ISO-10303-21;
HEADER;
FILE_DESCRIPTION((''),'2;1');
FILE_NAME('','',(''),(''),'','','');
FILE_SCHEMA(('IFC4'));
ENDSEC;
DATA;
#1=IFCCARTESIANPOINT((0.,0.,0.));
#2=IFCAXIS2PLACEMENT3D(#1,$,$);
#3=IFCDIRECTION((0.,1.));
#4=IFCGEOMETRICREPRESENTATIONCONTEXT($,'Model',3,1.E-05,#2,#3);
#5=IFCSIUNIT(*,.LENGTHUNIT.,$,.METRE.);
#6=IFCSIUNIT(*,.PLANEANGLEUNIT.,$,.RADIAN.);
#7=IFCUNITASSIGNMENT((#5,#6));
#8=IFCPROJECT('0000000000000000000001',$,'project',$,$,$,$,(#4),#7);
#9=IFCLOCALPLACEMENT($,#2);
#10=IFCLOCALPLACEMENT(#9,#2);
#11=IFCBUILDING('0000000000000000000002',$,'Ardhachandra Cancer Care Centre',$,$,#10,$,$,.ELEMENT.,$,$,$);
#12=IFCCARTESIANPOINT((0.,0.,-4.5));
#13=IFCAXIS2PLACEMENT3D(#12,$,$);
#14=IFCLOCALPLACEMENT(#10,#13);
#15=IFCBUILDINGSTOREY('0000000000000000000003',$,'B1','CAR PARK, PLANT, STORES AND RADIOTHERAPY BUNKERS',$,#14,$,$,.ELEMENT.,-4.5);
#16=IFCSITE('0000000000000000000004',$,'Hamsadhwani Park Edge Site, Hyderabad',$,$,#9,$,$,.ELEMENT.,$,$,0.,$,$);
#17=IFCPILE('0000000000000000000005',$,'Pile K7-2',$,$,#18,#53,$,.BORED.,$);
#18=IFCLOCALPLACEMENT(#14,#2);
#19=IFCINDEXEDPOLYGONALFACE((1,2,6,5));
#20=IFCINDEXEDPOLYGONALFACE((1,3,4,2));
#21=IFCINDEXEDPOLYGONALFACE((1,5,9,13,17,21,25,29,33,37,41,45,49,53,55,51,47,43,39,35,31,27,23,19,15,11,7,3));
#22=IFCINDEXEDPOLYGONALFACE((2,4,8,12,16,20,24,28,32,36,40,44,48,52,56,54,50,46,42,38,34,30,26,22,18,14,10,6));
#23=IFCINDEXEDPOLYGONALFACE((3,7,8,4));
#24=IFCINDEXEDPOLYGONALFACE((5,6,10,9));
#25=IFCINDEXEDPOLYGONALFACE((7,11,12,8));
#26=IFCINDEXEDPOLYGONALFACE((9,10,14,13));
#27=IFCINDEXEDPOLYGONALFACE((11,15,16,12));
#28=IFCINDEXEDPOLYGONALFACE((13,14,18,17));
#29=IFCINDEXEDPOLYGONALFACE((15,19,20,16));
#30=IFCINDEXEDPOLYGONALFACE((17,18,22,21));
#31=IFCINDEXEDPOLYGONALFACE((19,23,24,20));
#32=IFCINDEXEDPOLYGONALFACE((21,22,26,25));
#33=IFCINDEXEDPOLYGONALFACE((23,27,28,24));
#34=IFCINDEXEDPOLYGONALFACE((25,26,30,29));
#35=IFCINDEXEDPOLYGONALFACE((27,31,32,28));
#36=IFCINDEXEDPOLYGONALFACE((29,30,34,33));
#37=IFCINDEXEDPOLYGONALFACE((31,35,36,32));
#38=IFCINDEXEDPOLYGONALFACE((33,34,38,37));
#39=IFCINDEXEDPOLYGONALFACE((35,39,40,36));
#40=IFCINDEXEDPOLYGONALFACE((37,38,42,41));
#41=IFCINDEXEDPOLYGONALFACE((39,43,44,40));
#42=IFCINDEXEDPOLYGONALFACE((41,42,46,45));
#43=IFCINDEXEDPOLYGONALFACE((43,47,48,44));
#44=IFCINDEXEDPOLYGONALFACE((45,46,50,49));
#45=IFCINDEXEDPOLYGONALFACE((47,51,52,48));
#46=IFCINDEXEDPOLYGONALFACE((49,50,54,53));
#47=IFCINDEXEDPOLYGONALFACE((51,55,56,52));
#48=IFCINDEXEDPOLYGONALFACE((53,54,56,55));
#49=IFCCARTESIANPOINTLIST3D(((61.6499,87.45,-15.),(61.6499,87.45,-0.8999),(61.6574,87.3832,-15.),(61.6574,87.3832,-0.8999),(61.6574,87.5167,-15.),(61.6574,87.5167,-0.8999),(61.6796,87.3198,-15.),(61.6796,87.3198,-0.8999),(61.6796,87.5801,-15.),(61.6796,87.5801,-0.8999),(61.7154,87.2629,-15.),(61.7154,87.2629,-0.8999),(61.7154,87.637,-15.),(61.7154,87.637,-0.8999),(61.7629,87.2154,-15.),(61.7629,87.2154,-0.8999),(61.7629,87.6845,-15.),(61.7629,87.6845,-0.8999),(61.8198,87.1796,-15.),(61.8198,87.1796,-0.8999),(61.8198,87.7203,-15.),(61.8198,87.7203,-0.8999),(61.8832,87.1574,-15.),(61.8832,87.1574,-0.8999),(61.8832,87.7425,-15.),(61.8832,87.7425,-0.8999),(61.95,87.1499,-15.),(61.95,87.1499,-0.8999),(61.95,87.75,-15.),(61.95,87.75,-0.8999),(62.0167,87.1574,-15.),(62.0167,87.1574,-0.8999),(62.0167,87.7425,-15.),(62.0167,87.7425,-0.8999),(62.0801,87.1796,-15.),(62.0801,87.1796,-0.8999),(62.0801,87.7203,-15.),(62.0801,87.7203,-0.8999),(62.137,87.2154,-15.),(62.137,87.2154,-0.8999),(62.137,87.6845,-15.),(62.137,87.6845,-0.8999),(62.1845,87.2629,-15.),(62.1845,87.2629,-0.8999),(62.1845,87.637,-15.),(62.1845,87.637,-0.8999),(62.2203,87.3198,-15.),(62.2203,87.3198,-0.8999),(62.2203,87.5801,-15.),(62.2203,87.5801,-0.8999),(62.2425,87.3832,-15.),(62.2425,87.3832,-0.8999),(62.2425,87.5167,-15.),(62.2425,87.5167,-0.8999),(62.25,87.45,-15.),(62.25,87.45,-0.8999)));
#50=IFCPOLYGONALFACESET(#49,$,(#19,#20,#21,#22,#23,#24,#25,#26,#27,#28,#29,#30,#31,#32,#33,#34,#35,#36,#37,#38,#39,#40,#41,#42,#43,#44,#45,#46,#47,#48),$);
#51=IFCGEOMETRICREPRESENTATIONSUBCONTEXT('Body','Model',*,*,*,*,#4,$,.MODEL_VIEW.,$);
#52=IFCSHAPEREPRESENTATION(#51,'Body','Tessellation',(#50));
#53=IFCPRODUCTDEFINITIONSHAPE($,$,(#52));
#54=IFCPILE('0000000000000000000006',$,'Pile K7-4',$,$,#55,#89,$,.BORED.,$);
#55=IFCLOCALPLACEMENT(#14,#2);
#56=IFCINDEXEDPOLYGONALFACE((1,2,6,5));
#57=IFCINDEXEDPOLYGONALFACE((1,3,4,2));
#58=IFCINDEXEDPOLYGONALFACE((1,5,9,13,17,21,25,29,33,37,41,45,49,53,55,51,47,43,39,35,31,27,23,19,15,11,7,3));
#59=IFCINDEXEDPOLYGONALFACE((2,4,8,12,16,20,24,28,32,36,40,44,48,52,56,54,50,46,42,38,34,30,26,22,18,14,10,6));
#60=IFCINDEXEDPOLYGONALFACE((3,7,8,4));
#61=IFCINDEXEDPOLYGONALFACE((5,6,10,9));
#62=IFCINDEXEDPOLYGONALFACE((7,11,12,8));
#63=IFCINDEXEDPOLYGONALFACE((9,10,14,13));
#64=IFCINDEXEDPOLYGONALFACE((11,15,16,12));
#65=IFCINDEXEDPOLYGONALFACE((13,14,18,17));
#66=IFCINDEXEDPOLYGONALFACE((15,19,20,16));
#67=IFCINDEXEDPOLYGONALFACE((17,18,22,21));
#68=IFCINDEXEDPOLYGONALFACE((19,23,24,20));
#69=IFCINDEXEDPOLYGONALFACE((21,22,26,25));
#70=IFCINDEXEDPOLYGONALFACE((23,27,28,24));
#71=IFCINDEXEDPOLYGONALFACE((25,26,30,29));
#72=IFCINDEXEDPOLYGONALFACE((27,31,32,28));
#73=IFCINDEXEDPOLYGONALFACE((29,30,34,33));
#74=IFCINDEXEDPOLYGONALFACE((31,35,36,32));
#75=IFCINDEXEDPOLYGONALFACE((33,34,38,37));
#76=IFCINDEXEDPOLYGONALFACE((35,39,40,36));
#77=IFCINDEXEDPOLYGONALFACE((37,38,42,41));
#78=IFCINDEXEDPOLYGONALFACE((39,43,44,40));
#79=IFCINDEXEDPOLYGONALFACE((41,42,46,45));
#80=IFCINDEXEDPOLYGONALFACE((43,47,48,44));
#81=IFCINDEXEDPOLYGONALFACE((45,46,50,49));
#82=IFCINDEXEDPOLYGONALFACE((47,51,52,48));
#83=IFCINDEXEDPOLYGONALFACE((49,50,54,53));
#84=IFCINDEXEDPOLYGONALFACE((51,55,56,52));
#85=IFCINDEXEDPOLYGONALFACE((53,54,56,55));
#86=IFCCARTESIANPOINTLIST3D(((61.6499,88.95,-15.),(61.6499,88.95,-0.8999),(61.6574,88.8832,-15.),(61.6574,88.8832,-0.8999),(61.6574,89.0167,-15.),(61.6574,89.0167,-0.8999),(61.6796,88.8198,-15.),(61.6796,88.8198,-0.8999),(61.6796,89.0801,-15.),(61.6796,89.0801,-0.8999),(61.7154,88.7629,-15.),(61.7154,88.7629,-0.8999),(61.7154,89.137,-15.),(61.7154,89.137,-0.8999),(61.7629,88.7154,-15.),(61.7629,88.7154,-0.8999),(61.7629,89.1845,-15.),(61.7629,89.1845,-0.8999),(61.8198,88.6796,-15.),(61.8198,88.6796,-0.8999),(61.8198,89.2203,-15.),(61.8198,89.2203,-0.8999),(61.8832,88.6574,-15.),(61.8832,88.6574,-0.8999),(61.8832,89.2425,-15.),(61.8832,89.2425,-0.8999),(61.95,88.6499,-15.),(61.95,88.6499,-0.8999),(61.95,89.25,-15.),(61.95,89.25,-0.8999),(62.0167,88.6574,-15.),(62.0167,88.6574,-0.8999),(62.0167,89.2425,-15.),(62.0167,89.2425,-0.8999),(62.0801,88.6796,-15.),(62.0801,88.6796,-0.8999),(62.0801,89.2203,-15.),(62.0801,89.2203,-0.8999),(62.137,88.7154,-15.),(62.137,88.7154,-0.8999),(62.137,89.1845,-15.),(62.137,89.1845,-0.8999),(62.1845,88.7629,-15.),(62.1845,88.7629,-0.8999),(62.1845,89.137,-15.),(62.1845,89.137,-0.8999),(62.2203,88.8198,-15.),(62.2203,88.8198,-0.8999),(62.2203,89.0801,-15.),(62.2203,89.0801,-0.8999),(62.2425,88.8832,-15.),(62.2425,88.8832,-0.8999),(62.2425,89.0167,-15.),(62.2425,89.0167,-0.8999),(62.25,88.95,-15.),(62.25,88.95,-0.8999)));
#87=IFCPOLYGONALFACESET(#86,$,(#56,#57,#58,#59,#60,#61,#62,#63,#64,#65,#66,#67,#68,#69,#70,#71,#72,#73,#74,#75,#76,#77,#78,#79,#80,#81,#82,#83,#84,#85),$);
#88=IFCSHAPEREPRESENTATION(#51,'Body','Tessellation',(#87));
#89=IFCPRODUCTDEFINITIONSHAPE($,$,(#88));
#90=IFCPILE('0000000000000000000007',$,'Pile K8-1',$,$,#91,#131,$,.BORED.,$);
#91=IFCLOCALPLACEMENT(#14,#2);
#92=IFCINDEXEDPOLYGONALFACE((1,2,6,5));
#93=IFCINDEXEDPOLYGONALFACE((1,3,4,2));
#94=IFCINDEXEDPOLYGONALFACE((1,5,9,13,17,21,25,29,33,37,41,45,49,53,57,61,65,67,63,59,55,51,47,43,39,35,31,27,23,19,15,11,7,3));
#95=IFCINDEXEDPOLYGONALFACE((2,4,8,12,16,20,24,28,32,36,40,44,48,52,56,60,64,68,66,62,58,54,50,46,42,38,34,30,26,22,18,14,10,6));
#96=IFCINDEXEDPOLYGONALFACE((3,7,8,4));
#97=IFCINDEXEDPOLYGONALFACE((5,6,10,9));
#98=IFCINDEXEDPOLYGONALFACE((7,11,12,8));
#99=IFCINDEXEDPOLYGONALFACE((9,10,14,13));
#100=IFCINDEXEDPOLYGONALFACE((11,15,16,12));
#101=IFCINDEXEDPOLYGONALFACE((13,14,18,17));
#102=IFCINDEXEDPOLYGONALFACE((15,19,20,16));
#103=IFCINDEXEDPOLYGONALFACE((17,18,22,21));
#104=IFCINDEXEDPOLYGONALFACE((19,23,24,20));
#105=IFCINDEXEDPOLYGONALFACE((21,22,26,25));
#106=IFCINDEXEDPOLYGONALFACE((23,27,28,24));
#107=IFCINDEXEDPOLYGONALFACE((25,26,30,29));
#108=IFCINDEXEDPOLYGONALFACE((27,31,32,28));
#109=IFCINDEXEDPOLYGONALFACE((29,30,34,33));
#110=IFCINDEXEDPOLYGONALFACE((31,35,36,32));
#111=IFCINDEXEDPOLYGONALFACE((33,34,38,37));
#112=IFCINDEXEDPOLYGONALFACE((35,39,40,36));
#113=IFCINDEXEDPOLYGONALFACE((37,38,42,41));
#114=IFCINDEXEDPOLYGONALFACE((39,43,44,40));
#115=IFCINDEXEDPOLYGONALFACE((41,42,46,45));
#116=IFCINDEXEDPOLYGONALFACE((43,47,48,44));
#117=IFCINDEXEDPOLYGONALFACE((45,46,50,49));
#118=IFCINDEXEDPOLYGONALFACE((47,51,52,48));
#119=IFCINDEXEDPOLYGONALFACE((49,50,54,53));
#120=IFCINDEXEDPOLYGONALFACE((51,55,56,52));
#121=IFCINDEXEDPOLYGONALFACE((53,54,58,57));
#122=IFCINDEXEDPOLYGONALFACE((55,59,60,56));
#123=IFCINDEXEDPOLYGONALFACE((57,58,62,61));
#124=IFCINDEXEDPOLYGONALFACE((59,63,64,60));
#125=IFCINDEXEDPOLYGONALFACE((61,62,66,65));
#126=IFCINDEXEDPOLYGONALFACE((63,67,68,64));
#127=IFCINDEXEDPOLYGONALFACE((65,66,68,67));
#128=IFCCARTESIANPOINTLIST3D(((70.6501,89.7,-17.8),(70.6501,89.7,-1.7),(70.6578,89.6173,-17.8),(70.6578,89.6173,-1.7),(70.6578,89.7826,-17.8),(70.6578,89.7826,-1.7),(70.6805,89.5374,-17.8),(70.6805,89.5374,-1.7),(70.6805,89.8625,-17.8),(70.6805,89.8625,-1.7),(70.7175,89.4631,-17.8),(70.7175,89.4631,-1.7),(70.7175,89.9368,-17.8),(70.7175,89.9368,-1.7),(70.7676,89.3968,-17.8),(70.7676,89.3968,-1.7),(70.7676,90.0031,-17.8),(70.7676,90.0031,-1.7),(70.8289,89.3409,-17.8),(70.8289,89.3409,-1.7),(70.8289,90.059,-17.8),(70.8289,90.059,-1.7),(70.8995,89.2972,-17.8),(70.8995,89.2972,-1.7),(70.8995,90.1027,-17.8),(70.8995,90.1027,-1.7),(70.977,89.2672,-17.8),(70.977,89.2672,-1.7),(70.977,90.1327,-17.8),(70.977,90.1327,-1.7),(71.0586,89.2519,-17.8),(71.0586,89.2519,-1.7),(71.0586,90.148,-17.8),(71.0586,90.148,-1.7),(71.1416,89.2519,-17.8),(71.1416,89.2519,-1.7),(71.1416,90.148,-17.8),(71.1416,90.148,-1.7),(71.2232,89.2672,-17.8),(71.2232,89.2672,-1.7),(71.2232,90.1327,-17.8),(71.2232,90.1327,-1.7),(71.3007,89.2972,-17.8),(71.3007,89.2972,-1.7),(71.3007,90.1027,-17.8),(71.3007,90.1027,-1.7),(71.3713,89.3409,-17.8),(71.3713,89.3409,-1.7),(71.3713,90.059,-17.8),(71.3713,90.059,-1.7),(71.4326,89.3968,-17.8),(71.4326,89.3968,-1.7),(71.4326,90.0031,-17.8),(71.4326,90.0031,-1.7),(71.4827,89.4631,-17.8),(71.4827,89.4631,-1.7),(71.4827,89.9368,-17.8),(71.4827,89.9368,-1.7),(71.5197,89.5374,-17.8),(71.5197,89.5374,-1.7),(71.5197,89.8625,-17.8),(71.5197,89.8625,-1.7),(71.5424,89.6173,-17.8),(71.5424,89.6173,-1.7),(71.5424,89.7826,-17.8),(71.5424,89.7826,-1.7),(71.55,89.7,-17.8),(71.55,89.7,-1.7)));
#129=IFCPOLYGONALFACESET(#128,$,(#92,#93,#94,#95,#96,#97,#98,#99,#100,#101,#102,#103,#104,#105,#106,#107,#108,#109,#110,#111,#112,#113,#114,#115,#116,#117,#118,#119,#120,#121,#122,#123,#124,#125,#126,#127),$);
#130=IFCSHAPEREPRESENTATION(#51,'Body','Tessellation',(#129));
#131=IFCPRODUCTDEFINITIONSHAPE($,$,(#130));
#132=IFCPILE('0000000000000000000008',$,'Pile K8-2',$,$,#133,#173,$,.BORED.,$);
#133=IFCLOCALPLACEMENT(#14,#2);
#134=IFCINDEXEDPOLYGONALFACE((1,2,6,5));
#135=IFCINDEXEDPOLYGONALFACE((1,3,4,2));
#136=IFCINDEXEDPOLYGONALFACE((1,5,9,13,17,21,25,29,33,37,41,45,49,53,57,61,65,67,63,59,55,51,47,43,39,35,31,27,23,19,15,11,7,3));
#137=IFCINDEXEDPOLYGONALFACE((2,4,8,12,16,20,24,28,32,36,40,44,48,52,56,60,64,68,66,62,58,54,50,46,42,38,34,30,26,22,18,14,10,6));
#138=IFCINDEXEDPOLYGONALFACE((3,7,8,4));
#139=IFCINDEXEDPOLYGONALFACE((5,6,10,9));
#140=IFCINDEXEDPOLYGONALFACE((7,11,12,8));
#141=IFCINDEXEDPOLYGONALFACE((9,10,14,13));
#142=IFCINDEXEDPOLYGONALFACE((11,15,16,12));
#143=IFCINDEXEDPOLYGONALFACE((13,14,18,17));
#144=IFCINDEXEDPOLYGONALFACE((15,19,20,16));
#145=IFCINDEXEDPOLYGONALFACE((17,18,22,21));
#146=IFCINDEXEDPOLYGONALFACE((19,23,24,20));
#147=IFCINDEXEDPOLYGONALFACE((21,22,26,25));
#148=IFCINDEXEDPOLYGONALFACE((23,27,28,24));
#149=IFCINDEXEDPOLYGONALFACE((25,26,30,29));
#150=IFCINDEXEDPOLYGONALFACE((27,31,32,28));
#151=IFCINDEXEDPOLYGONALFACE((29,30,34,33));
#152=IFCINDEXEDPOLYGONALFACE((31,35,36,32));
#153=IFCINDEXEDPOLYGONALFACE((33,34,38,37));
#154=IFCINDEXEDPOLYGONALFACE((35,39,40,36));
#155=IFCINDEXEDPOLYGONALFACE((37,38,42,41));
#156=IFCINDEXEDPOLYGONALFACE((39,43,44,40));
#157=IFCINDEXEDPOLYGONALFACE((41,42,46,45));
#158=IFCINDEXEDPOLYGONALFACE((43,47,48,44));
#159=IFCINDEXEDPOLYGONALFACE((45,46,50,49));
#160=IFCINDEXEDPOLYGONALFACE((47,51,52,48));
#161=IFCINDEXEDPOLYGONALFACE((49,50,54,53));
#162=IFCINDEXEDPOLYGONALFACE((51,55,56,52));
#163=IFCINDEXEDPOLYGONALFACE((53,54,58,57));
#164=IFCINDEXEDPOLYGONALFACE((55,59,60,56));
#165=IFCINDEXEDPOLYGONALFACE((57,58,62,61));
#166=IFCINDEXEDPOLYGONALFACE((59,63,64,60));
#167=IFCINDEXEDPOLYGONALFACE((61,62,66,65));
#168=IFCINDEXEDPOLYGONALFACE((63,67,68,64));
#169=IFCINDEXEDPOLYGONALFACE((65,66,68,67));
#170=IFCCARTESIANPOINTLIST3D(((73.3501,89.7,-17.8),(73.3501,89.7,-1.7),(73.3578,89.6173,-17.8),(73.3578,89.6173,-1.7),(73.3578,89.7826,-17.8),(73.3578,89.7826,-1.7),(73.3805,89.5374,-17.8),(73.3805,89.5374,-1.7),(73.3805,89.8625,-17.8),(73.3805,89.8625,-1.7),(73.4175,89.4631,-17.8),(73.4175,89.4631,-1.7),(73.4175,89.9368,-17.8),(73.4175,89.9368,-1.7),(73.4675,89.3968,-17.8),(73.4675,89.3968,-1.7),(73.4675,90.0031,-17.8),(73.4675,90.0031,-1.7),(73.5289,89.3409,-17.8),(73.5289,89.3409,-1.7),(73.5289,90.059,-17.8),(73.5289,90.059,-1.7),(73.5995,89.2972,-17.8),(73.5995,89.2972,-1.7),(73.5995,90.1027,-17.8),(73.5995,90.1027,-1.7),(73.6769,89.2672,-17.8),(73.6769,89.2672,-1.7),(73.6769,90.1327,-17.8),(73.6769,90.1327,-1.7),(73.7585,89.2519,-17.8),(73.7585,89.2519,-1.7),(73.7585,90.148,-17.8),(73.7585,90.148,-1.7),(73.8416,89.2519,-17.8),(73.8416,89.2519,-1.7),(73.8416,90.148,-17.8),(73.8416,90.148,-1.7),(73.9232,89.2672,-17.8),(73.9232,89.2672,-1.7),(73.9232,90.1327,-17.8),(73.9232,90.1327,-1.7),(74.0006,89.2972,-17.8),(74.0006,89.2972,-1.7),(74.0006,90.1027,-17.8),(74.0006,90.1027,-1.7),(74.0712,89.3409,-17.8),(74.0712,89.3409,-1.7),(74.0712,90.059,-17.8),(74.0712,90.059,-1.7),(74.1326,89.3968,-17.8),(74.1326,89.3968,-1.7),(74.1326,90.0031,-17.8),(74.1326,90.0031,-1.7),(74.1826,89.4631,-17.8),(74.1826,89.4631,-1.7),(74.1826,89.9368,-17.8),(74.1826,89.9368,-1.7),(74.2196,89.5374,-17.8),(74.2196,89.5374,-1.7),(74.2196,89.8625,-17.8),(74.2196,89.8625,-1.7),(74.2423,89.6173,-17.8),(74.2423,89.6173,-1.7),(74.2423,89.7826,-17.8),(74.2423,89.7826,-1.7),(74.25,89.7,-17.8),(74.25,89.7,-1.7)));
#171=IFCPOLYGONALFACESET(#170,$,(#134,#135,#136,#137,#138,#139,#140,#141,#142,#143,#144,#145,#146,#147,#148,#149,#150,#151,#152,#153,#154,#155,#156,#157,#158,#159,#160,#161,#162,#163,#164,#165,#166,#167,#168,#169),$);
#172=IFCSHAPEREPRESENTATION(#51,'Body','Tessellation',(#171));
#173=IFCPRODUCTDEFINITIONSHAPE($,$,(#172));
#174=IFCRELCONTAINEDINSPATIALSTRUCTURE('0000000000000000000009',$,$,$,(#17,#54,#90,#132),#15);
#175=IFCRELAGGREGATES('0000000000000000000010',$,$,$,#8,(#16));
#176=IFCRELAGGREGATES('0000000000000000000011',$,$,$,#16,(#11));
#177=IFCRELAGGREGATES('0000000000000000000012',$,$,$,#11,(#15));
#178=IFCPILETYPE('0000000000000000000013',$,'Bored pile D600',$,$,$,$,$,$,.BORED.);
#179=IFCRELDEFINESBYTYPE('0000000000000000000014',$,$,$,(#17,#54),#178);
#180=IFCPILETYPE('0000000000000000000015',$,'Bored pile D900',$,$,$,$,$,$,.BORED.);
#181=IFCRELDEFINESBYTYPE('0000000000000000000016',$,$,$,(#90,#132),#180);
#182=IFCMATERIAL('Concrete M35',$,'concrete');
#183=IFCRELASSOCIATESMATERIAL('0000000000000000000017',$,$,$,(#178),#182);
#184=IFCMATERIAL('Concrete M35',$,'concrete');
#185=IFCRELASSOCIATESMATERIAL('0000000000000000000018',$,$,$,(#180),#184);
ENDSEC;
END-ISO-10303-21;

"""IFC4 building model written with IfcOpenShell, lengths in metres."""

from ifc_helpers import new_model, si_unit, direction, frame, origin, origin_2d, place, context, subcontext, project, spatial, circle, extrude, material, material_profile, profile_set, type_object, element, save


model = new_model("IFC4")

# Units and contexts
model_context = context("Model", 3, precision=1e-05, world=origin(), true_north=direction((0.0, 1.0)))
body_context = subcontext(model_context, "Body", "Model", "MODEL_VIEW")
ifc_project = project(units=[si_unit("LENGTHUNIT", "METRE"), si_unit("PLANEANGLEUNIT", "RADIAN")], contexts=[model_context])

# Site, building, storey
site_placement = place(None, origin())
site = spatial("IfcSite", under=ifc_project, at=site_placement, Name="Hamsadhwani Park Edge Site, Hyderabad", CompositionType="ELEMENT", RefElevation=0.0)
building_placement = place(site_placement, origin())
building = spatial("IfcBuilding", under=site, at=building_placement, Name="Ardhachandra Cancer Care Centre", CompositionType="ELEMENT")
storey_placement = place(building_placement, frame((0.0, 0.0, -4.5)))
storey = spatial("IfcBuildingStorey", under=building, at=storey_placement, Name="B1", Description="CAR PARK, PLANT, STORES AND RADIOTHERAPY BUNKERS", CompositionType="ELEMENT", Elevation=-4.5)

# Piles
ifc_material_1 = material(Name="Concrete M35", Category="concrete")
ifc_material_profile_1 = material_profile(ifc_material_1, circle(Radius=0.3, at=origin_2d()), Name="D600")
ifc_profile_set_1 = profile_set([ifc_material_profile_1], Name="Concrete M35")
pile_type_1 = type_object("IfcPileType", Name="Bored pile D600", PredefinedType="BORED", material=ifc_profile_set_1)
for number, where, z_axis, x_axis, name in (
    (1, (61.95, 87.45, -0.8999), (0.0, 0.0, -1.0), (1.0, 0.0, 0.0), "Pile K7-2"),
    (2, (61.95, 88.95, -0.8999), (0.0, 0.0, -1.0), (1.0, 0.0, 0.0), "Pile K7-4"),
):
    element("IfcPile", number, at=place(storey_placement, frame(where, z_axis=z_axis, x_axis=x_axis)), inside=storey, type_object=pile_type_1, Name=name, PredefinedType="BORED", context=body_context, shape_type="SweptSolid", body=[
        extrude(circle(Radius=0.3, at=origin_2d()), origin(), (0.0, 0.0, 1.0), 14.1001),
    ])
ifc_material_2 = material(Name="Concrete M35", Category="concrete")
ifc_material_profile_2 = material_profile(ifc_material_2, circle(Radius=0.45, at=origin_2d()), Name="D900")
ifc_profile_set_2 = profile_set([ifc_material_profile_2], Name="Concrete M35")
pile_type_2 = type_object("IfcPileType", Name="Bored pile D900", PredefinedType="BORED", material=ifc_profile_set_2)
for number, where, z_axis, x_axis, name in (
    (3, (71.1001, 89.7, -1.7), (0.0, 0.0, -1.0), (1.0, 0.0, 0.0), "Pile K8-1"),
    (4, (73.8, 89.7, -1.7), (0.0, 0.0, -1.0), (1.0, 0.0, 0.0), "Pile K8-2"),
):
    element("IfcPile", number, at=place(storey_placement, frame(where, z_axis=z_axis, x_axis=x_axis)), inside=storey, type_object=pile_type_2, Name=name, PredefinedType="BORED", context=body_context, shape_type="SweptSolid", body=[
        extrude(circle(Radius=0.45, at=origin_2d()), origin(), (0.0, 0.0, 1.0), 16.1001),
    ])

save(model, "model.ifc")
